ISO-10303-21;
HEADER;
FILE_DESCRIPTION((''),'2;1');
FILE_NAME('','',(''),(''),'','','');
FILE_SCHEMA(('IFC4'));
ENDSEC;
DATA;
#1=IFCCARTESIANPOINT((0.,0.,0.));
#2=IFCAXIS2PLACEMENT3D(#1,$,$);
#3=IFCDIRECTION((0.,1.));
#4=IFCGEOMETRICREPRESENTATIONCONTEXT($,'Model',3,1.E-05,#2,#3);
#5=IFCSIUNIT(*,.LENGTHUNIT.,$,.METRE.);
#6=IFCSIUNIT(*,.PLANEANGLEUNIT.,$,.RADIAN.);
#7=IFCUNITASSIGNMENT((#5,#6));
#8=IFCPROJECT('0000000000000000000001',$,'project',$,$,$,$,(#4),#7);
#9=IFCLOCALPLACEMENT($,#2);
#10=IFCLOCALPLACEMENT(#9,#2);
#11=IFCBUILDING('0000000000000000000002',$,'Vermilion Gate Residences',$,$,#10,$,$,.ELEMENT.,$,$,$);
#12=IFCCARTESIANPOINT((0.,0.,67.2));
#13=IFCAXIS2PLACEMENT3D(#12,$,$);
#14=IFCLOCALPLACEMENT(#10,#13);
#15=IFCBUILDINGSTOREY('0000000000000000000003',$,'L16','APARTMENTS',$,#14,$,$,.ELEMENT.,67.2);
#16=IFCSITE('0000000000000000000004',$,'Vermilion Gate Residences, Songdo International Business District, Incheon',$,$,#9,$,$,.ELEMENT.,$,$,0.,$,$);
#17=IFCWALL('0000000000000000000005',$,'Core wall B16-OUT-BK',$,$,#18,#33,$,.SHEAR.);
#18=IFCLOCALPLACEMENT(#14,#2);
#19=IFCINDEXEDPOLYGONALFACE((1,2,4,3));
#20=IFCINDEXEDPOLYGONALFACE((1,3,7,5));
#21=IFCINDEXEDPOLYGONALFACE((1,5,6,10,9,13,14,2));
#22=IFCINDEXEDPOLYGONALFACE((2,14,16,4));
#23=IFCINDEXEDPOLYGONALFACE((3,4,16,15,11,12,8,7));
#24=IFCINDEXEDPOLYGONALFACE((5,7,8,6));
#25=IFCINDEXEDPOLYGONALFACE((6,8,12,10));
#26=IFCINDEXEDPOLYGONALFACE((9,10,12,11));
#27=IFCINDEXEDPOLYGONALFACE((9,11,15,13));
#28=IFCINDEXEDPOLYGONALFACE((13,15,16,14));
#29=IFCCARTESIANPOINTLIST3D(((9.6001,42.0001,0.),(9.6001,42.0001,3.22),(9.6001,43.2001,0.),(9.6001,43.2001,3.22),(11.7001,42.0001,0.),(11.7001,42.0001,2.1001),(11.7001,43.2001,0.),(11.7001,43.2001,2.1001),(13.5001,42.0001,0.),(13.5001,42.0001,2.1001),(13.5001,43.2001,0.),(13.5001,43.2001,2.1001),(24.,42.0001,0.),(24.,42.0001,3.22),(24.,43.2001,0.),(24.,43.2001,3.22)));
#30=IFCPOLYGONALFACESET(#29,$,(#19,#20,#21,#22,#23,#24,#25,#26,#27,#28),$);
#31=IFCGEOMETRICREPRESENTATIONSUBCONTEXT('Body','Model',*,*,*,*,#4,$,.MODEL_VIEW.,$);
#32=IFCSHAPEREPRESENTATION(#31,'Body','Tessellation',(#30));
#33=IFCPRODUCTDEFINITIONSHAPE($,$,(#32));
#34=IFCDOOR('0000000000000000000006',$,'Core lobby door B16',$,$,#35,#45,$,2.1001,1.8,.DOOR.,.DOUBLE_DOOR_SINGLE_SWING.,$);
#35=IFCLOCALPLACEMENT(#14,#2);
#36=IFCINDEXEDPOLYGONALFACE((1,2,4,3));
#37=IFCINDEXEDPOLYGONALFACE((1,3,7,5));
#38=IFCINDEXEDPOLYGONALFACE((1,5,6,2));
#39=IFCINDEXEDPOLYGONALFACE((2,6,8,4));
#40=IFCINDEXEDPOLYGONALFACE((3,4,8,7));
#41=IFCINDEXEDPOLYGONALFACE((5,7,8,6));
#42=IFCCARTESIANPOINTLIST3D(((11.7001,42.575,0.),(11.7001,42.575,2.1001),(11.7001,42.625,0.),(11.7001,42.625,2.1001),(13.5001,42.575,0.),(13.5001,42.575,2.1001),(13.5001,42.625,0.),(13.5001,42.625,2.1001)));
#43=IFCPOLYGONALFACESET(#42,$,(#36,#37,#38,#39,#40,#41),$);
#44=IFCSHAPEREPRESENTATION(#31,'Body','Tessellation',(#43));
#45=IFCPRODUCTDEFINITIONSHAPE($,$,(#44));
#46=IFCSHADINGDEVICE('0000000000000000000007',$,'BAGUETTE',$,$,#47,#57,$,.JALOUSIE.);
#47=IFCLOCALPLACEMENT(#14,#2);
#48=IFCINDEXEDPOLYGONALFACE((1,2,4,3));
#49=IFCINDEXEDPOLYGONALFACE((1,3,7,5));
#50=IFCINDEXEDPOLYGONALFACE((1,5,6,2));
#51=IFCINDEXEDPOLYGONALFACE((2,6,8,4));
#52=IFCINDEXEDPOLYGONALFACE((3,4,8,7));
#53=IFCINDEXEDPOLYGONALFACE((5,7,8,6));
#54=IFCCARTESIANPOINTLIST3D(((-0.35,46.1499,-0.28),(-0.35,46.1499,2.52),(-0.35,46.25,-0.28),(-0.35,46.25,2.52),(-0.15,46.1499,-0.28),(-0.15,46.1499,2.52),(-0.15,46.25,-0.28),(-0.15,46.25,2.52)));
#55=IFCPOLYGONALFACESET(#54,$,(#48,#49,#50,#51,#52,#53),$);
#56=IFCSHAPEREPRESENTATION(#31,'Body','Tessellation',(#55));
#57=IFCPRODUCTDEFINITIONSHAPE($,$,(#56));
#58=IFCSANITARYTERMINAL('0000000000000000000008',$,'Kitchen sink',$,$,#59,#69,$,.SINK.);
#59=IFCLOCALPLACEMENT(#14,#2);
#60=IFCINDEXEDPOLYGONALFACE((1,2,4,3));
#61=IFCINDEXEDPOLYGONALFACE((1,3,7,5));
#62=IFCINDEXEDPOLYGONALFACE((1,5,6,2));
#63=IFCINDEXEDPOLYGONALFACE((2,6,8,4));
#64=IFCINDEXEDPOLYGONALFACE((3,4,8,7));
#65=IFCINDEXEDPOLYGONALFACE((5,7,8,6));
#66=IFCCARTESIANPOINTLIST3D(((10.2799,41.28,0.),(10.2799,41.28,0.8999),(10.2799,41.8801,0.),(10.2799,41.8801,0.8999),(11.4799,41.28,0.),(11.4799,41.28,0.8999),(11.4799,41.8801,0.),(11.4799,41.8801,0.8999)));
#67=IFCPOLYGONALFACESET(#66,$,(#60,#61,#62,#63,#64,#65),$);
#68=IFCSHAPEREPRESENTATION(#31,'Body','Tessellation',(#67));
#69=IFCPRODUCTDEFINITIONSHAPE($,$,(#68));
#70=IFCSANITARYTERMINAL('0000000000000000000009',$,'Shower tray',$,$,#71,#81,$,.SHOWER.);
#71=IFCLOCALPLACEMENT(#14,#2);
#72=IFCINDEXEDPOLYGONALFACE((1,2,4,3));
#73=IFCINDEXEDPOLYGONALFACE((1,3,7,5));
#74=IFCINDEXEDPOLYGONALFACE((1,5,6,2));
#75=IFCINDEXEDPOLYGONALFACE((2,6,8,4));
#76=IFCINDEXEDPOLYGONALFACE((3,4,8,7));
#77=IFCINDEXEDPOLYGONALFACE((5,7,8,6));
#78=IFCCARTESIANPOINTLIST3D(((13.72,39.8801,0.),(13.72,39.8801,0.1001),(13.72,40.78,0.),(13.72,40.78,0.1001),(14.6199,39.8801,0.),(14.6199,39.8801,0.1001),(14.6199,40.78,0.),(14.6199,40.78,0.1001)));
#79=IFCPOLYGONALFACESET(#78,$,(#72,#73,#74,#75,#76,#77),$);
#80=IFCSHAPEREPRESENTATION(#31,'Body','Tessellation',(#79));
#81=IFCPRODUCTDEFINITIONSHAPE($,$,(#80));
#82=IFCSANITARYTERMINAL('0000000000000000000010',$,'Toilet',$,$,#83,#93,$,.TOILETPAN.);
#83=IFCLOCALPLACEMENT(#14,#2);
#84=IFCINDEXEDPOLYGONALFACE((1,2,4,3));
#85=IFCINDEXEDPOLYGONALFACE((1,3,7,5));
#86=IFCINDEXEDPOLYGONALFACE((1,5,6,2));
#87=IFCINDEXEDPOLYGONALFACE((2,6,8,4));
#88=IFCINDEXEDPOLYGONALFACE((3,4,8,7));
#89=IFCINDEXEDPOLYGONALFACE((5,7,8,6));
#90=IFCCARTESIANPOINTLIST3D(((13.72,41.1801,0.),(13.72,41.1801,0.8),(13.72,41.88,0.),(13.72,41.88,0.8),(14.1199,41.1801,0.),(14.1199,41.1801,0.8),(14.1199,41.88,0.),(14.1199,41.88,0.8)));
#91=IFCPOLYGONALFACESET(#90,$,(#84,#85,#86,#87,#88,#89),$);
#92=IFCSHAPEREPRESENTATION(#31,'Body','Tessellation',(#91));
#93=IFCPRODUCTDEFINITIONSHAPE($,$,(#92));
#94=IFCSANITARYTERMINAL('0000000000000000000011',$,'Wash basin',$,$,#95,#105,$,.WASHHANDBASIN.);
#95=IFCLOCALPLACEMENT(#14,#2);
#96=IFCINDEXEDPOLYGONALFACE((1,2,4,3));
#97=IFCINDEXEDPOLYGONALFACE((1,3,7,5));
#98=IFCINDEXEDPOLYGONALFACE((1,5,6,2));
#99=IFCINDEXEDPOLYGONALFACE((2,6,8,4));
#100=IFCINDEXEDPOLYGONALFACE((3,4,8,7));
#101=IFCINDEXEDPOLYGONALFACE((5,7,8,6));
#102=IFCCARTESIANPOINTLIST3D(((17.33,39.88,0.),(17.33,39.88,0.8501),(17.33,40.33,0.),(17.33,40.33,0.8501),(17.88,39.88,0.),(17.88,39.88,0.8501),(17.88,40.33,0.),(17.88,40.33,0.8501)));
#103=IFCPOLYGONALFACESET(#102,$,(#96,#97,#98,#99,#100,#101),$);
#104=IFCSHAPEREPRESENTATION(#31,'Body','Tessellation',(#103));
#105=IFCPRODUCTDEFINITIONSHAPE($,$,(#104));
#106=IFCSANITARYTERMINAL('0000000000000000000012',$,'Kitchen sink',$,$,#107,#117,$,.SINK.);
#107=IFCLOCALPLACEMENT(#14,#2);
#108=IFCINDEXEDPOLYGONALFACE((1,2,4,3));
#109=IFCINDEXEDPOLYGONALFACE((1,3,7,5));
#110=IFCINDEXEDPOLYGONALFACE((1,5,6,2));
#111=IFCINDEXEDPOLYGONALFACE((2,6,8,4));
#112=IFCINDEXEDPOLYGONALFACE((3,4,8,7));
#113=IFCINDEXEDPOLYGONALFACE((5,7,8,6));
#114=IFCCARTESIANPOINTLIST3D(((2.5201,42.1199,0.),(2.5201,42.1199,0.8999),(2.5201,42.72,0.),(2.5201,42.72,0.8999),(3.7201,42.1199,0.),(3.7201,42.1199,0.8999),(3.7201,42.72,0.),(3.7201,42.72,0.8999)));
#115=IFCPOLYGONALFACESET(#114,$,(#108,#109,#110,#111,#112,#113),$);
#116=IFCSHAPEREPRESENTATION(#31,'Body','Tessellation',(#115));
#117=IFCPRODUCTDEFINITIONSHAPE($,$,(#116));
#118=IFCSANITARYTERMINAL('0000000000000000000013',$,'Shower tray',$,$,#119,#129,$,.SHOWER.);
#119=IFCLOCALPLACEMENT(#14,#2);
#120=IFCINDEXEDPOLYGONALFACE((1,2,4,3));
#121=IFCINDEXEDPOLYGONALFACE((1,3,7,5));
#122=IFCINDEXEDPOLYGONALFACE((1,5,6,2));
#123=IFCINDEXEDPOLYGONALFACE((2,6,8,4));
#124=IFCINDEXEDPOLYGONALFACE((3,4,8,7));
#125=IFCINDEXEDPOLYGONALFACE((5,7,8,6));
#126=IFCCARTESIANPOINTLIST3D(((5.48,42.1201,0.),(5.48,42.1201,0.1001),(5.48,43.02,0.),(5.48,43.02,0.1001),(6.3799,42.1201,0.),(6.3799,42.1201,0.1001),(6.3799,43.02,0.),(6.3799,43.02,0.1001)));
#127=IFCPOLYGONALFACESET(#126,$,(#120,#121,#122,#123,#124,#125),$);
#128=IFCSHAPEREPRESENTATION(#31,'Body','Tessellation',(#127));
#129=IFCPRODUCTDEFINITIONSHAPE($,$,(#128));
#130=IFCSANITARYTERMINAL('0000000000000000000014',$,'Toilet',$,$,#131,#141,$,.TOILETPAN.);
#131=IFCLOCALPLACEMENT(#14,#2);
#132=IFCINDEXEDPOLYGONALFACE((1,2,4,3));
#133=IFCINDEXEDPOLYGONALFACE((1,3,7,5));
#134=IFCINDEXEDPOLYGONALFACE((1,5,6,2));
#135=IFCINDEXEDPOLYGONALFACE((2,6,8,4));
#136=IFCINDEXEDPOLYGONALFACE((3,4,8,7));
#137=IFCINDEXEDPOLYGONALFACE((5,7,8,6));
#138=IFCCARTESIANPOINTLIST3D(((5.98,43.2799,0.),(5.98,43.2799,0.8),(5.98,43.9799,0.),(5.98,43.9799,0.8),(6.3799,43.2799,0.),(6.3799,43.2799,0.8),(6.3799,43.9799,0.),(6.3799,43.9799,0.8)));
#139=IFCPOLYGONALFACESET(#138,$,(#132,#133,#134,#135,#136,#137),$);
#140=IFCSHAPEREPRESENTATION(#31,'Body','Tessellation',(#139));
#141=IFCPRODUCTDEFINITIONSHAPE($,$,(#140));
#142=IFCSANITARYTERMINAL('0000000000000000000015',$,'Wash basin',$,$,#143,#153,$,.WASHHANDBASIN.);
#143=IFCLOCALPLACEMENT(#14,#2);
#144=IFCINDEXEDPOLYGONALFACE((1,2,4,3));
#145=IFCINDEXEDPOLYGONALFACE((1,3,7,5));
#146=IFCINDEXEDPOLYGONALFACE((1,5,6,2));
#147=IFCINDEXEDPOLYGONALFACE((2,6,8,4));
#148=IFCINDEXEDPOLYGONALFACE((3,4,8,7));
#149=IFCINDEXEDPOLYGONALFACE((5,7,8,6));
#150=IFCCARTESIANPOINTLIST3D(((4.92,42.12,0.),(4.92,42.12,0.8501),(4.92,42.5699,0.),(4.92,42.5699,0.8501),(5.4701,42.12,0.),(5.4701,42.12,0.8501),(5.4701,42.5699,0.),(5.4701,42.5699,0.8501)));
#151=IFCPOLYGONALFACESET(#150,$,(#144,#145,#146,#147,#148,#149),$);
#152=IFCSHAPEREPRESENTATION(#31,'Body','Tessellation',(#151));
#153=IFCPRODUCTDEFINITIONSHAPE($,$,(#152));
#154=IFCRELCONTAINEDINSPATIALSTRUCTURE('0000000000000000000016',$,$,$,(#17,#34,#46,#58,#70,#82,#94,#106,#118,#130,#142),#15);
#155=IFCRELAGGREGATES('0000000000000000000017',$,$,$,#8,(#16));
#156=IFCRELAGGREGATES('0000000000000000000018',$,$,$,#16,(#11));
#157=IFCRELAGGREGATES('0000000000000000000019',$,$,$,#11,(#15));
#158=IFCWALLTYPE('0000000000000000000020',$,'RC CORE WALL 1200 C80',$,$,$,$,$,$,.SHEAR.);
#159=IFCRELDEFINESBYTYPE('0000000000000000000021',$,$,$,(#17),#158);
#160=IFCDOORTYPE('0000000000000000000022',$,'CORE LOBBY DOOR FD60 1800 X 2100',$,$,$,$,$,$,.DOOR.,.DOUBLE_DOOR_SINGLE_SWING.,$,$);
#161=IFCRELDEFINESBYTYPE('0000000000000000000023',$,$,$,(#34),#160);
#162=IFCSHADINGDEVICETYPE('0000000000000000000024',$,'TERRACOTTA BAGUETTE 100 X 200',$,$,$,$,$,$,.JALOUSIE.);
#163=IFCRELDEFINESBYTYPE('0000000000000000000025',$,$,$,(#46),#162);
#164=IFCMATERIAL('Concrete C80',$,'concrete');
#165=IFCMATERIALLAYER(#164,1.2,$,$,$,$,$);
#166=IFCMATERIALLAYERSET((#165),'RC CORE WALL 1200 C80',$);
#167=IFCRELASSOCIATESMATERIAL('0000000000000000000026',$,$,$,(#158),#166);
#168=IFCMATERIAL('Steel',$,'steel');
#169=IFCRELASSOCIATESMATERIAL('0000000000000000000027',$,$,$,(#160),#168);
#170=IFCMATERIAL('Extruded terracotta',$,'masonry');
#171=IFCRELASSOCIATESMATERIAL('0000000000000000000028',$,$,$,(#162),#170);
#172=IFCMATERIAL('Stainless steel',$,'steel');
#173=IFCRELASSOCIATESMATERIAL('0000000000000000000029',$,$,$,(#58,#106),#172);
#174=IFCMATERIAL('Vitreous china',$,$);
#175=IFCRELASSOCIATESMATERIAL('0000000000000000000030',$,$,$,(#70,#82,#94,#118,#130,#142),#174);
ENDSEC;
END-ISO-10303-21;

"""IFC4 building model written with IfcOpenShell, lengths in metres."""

from ifc_helpers import new_model, si_unit, direction, frame, frame_2d, origin, origin_2d, place, context, subcontext, project, spatial, rectangle, extrude, material, layer, layer_set, material_profile, profile_set, type_object, element, fill, save


model = new_model("IFC4")

# Units and contexts
model_context = context("Model", 3, precision=1e-05, world=origin(), true_north=direction((0.0, 1.0)))
body_context = subcontext(model_context, "Body", "Model", "MODEL_VIEW")
ifc_project = project(units=[si_unit("LENGTHUNIT", "METRE"), si_unit("PLANEANGLEUNIT", "RADIAN")], contexts=[model_context])

# Site, building, storey
site_placement = place(None, origin())
site = spatial("IfcSite", under=ifc_project, at=site_placement, Name="Vermilion Gate Residences, Songdo International Business District, Incheon", CompositionType="ELEMENT", RefElevation=0.0)
building_placement = place(site_placement, origin())
building = spatial("IfcBuilding", under=site, at=building_placement, Name="Vermilion Gate Residences", CompositionType="ELEMENT")
storey_placement = place(building_placement, frame((0.0, 0.0, 67.2)))
storey = spatial("IfcBuildingStorey", under=building, at=storey_placement, Name="L16", Description="APARTMENTS", CompositionType="ELEMENT", Elevation=67.2)

# Wall, opening, door
ifc_material_1 = material(Name="Concrete C80", Category="concrete")
ifc_layer_1 = layer(ifc_material_1, 1.2)
ifc_layer_set_1 = layer_set([ifc_layer_1], Name="RC CORE WALL 1200 C80")
wall_type_1 = type_object("IfcWallType", Name="RC CORE WALL 1200 C80", PredefinedType="SHEAR", material=ifc_layer_set_1)
wall_1_placement = place(storey_placement, frame((9.6001, 42.6001, 0.0), z_axis=(0.0, 0.0, 1.0), x_axis=(1.0, 0.0, 0.0)))
wall_1 = element("IfcWall", 1, at=wall_1_placement, inside=storey, type_object=wall_type_1, Name="Core wall B16-OUT-BK", PredefinedType="SHEAR", context=body_context, shape_type="SweptSolid", body=[
    extrude(rectangle(XDim=14.3999, YDim=1.2, at=frame_2d((7.2, 0.0))), origin(), (0.0, 0.0, 1.0), 3.22),
])
opening_1_placement = place(wall_1_placement, frame((2.1001, 0.0, 0.0)))
opening_1 = element("IfcOpeningElement", 2, at=opening_1_placement, cuts=wall_1, PredefinedType="OPENING", context=body_context, shape_type="SweptSolid", body=[
    extrude(rectangle(XDim=1.8, YDim=2.1001, at=frame_2d((0.8999, 1.05))), frame((0.0, 0.6099, 0.0), z_axis=(0.0, -1.0, 0.0), x_axis=(1.0, 0.0, 0.0)), (0.0, 0.0, 1.0), 1.22),
])
ifc_material_2 = material(Name="Steel", Category="steel")
door_type_1 = type_object("IfcDoorType", Name="CORE LOBBY DOOR FD60 1800 X 2100", OperationType="DOUBLE_DOOR_SINGLE_SWING", PredefinedType="DOOR", material=ifc_material_2)
door_1_placement = place(opening_1_placement, origin())
door_1 = element("IfcDoor", 3, at=door_1_placement, inside=storey, type_object=door_type_1, Name="Core lobby door B16", OperationType="DOUBLE_DOOR_SINGLE_SWING", OverallHeight=2.1001, OverallWidth=1.8, PredefinedType="DOOR", context=body_context, shape_type="SweptSolid", body=[
    extrude(rectangle(XDim=1.8, YDim=2.1001, at=frame_2d((0.8999, 1.05))), frame((0.0, 0.0249, 0.0), z_axis=(0.0, -1.0, 0.0), x_axis=(1.0, 0.0, 0.0)), (0.0, 0.0, 1.0), 0.05),
])
fill(opening_1, door_1)

# Shading device
ifc_material_3 = material(Name="Extruded terracotta", Category="masonry")
ifc_material_profile_1 = material_profile(ifc_material_3, rectangle(XDim=0.2, YDim=0.1001, at=origin_2d()), Name="BAGUETTE 100 X 200")
ifc_profile_set_1 = profile_set([ifc_material_profile_1], Name="Extruded terracotta")
shading_device_type = type_object("IfcShadingDeviceType", Name="TERRACOTTA BAGUETTE 100 X 200", PredefinedType="JALOUSIE", material=ifc_profile_set_1)
shading_device_placement = place(storey_placement, frame((-0.25, 46.2, -0.28), z_axis=(0.0, 0.0, 1.0), x_axis=(1.0, 0.0, 0.0)))
element("IfcShadingDevice", 4, at=shading_device_placement, inside=storey, type_object=shading_device_type, Name="BAGUETTE", PredefinedType="JALOUSIE", context=body_context, shape_type="SweptSolid", body=[
    extrude(rectangle(XDim=0.2, YDim=0.1001, at=origin_2d()), origin(), (0.0, 0.0, 1.0), 2.8),
])

# Sanitary terminals
ifc_material_4 = material(Name="Stainless steel", Category="steel")
sanitary_terminal_1_placement = place(storey_placement, frame((10.8799, 41.5801, 0.0), z_axis=(0.0, 0.0, 1.0), x_axis=(1.0, 0.0, 0.0)))
element("IfcSanitaryTerminal", 5, at=sanitary_terminal_1_placement, inside=storey, material=ifc_material_4, Name="Kitchen sink", PredefinedType="SINK", context=body_context, shape_type="SweptSolid", body=[
    extrude(rectangle(XDim=1.2, YDim=0.6001, at=origin_2d()), origin(), (0.0, 0.0, 1.0), 0.8999),
])
ifc_material_5 = material(Name="Vitreous china")
sanitary_terminal_2_placement = place(storey_placement, frame((14.1699, 40.3301, 0.0), z_axis=(0.0, 0.0, 1.0), x_axis=(1.0, 0.0, 0.0)))
element("IfcSanitaryTerminal", 6, at=sanitary_terminal_2_placement, inside=storey, material=ifc_material_5, Name="Shower tray", PredefinedType="SHOWER", context=body_context, shape_type="SweptSolid", body=[
    extrude(rectangle(XDim=0.8999, YDim=0.8999, at=origin_2d()), origin(), (0.0, 0.0, 1.0), 0.1001),
])
sanitary_terminal_3_placement = place(storey_placement, frame((13.9199, 41.53, 0.0), z_axis=(0.0, 0.0, 1.0), x_axis=(1.0, 0.0, 0.0)))
element("IfcSanitaryTerminal", 7, at=sanitary_terminal_3_placement, inside=storey, material=ifc_material_5, Name="Toilet", PredefinedType="TOILETPAN", context=body_context, shape_type="SweptSolid", body=[
    extrude(rectangle(XDim=0.3999, YDim=0.7, at=origin_2d()), origin(), (0.0, 0.0, 1.0), 0.8),
])
sanitary_terminal_4_placement = place(storey_placement, frame((17.605, 40.105, 0.0), z_axis=(0.0, 0.0, 1.0), x_axis=(1.0, 0.0, 0.0)))
element("IfcSanitaryTerminal", 8, at=sanitary_terminal_4_placement, inside=storey, material=ifc_material_5, Name="Wash basin", PredefinedType="WASHHANDBASIN", context=body_context, shape_type="SweptSolid", body=[
    extrude(rectangle(XDim=0.55, YDim=0.45, at=origin_2d()), origin(), (0.0, 0.0, 1.0), 0.8501),
])
sanitary_terminal_5_placement = place(storey_placement, frame((3.1201, 42.4199, 0.0), z_axis=(0.0, 0.0, 1.0), x_axis=(1.0, 0.0, 0.0)))
element("IfcSanitaryTerminal", 9, at=sanitary_terminal_5_placement, inside=storey, material=ifc_material_4, Name="Kitchen sink", PredefinedType="SINK", context=body_context, shape_type="SweptSolid", body=[
    extrude(rectangle(XDim=1.2, YDim=0.6001, at=origin_2d()), origin(), (0.0, 0.0, 1.0), 0.8999),
])
sanitary_terminal_6_placement = place(storey_placement, frame((5.9299, 42.5701, 0.0), z_axis=(0.0, 0.0, 1.0), x_axis=(1.0, 0.0, 0.0)))
element("IfcSanitaryTerminal", 10, at=sanitary_terminal_6_placement, inside=storey, material=ifc_material_5, Name="Shower tray", PredefinedType="SHOWER", context=body_context, shape_type="SweptSolid", body=[
    extrude(rectangle(XDim=0.8999, YDim=0.8999, at=origin_2d()), origin(), (0.0, 0.0, 1.0), 0.1001),
])
sanitary_terminal_7_placement = place(storey_placement, frame((6.1799, 43.6299, 0.0), z_axis=(0.0, 0.0, 1.0), x_axis=(1.0, 0.0, 0.0)))
element("IfcSanitaryTerminal", 11, at=sanitary_terminal_7_placement, inside=storey, material=ifc_material_5, Name="Toilet", PredefinedType="TOILETPAN", context=body_context, shape_type="SweptSolid", body=[
    extrude(rectangle(XDim=0.3999, YDim=0.7, at=origin_2d()), origin(), (0.0, 0.0, 1.0), 0.8),
])
sanitary_terminal_8_placement = place(storey_placement, frame((5.1951, 42.345, 0.0), z_axis=(0.0, 0.0, 1.0), x_axis=(1.0, 0.0, 0.0)))
element("IfcSanitaryTerminal", 12, at=sanitary_terminal_8_placement, inside=storey, material=ifc_material_5, Name="Wash basin", PredefinedType="WASHHANDBASIN", context=body_context, shape_type="SweptSolid", body=[
    extrude(rectangle(XDim=0.55, YDim=0.45, at=origin_2d()), origin(), (0.0, 0.0, 1.0), 0.8501),
])

save(model, "model.ifc")
